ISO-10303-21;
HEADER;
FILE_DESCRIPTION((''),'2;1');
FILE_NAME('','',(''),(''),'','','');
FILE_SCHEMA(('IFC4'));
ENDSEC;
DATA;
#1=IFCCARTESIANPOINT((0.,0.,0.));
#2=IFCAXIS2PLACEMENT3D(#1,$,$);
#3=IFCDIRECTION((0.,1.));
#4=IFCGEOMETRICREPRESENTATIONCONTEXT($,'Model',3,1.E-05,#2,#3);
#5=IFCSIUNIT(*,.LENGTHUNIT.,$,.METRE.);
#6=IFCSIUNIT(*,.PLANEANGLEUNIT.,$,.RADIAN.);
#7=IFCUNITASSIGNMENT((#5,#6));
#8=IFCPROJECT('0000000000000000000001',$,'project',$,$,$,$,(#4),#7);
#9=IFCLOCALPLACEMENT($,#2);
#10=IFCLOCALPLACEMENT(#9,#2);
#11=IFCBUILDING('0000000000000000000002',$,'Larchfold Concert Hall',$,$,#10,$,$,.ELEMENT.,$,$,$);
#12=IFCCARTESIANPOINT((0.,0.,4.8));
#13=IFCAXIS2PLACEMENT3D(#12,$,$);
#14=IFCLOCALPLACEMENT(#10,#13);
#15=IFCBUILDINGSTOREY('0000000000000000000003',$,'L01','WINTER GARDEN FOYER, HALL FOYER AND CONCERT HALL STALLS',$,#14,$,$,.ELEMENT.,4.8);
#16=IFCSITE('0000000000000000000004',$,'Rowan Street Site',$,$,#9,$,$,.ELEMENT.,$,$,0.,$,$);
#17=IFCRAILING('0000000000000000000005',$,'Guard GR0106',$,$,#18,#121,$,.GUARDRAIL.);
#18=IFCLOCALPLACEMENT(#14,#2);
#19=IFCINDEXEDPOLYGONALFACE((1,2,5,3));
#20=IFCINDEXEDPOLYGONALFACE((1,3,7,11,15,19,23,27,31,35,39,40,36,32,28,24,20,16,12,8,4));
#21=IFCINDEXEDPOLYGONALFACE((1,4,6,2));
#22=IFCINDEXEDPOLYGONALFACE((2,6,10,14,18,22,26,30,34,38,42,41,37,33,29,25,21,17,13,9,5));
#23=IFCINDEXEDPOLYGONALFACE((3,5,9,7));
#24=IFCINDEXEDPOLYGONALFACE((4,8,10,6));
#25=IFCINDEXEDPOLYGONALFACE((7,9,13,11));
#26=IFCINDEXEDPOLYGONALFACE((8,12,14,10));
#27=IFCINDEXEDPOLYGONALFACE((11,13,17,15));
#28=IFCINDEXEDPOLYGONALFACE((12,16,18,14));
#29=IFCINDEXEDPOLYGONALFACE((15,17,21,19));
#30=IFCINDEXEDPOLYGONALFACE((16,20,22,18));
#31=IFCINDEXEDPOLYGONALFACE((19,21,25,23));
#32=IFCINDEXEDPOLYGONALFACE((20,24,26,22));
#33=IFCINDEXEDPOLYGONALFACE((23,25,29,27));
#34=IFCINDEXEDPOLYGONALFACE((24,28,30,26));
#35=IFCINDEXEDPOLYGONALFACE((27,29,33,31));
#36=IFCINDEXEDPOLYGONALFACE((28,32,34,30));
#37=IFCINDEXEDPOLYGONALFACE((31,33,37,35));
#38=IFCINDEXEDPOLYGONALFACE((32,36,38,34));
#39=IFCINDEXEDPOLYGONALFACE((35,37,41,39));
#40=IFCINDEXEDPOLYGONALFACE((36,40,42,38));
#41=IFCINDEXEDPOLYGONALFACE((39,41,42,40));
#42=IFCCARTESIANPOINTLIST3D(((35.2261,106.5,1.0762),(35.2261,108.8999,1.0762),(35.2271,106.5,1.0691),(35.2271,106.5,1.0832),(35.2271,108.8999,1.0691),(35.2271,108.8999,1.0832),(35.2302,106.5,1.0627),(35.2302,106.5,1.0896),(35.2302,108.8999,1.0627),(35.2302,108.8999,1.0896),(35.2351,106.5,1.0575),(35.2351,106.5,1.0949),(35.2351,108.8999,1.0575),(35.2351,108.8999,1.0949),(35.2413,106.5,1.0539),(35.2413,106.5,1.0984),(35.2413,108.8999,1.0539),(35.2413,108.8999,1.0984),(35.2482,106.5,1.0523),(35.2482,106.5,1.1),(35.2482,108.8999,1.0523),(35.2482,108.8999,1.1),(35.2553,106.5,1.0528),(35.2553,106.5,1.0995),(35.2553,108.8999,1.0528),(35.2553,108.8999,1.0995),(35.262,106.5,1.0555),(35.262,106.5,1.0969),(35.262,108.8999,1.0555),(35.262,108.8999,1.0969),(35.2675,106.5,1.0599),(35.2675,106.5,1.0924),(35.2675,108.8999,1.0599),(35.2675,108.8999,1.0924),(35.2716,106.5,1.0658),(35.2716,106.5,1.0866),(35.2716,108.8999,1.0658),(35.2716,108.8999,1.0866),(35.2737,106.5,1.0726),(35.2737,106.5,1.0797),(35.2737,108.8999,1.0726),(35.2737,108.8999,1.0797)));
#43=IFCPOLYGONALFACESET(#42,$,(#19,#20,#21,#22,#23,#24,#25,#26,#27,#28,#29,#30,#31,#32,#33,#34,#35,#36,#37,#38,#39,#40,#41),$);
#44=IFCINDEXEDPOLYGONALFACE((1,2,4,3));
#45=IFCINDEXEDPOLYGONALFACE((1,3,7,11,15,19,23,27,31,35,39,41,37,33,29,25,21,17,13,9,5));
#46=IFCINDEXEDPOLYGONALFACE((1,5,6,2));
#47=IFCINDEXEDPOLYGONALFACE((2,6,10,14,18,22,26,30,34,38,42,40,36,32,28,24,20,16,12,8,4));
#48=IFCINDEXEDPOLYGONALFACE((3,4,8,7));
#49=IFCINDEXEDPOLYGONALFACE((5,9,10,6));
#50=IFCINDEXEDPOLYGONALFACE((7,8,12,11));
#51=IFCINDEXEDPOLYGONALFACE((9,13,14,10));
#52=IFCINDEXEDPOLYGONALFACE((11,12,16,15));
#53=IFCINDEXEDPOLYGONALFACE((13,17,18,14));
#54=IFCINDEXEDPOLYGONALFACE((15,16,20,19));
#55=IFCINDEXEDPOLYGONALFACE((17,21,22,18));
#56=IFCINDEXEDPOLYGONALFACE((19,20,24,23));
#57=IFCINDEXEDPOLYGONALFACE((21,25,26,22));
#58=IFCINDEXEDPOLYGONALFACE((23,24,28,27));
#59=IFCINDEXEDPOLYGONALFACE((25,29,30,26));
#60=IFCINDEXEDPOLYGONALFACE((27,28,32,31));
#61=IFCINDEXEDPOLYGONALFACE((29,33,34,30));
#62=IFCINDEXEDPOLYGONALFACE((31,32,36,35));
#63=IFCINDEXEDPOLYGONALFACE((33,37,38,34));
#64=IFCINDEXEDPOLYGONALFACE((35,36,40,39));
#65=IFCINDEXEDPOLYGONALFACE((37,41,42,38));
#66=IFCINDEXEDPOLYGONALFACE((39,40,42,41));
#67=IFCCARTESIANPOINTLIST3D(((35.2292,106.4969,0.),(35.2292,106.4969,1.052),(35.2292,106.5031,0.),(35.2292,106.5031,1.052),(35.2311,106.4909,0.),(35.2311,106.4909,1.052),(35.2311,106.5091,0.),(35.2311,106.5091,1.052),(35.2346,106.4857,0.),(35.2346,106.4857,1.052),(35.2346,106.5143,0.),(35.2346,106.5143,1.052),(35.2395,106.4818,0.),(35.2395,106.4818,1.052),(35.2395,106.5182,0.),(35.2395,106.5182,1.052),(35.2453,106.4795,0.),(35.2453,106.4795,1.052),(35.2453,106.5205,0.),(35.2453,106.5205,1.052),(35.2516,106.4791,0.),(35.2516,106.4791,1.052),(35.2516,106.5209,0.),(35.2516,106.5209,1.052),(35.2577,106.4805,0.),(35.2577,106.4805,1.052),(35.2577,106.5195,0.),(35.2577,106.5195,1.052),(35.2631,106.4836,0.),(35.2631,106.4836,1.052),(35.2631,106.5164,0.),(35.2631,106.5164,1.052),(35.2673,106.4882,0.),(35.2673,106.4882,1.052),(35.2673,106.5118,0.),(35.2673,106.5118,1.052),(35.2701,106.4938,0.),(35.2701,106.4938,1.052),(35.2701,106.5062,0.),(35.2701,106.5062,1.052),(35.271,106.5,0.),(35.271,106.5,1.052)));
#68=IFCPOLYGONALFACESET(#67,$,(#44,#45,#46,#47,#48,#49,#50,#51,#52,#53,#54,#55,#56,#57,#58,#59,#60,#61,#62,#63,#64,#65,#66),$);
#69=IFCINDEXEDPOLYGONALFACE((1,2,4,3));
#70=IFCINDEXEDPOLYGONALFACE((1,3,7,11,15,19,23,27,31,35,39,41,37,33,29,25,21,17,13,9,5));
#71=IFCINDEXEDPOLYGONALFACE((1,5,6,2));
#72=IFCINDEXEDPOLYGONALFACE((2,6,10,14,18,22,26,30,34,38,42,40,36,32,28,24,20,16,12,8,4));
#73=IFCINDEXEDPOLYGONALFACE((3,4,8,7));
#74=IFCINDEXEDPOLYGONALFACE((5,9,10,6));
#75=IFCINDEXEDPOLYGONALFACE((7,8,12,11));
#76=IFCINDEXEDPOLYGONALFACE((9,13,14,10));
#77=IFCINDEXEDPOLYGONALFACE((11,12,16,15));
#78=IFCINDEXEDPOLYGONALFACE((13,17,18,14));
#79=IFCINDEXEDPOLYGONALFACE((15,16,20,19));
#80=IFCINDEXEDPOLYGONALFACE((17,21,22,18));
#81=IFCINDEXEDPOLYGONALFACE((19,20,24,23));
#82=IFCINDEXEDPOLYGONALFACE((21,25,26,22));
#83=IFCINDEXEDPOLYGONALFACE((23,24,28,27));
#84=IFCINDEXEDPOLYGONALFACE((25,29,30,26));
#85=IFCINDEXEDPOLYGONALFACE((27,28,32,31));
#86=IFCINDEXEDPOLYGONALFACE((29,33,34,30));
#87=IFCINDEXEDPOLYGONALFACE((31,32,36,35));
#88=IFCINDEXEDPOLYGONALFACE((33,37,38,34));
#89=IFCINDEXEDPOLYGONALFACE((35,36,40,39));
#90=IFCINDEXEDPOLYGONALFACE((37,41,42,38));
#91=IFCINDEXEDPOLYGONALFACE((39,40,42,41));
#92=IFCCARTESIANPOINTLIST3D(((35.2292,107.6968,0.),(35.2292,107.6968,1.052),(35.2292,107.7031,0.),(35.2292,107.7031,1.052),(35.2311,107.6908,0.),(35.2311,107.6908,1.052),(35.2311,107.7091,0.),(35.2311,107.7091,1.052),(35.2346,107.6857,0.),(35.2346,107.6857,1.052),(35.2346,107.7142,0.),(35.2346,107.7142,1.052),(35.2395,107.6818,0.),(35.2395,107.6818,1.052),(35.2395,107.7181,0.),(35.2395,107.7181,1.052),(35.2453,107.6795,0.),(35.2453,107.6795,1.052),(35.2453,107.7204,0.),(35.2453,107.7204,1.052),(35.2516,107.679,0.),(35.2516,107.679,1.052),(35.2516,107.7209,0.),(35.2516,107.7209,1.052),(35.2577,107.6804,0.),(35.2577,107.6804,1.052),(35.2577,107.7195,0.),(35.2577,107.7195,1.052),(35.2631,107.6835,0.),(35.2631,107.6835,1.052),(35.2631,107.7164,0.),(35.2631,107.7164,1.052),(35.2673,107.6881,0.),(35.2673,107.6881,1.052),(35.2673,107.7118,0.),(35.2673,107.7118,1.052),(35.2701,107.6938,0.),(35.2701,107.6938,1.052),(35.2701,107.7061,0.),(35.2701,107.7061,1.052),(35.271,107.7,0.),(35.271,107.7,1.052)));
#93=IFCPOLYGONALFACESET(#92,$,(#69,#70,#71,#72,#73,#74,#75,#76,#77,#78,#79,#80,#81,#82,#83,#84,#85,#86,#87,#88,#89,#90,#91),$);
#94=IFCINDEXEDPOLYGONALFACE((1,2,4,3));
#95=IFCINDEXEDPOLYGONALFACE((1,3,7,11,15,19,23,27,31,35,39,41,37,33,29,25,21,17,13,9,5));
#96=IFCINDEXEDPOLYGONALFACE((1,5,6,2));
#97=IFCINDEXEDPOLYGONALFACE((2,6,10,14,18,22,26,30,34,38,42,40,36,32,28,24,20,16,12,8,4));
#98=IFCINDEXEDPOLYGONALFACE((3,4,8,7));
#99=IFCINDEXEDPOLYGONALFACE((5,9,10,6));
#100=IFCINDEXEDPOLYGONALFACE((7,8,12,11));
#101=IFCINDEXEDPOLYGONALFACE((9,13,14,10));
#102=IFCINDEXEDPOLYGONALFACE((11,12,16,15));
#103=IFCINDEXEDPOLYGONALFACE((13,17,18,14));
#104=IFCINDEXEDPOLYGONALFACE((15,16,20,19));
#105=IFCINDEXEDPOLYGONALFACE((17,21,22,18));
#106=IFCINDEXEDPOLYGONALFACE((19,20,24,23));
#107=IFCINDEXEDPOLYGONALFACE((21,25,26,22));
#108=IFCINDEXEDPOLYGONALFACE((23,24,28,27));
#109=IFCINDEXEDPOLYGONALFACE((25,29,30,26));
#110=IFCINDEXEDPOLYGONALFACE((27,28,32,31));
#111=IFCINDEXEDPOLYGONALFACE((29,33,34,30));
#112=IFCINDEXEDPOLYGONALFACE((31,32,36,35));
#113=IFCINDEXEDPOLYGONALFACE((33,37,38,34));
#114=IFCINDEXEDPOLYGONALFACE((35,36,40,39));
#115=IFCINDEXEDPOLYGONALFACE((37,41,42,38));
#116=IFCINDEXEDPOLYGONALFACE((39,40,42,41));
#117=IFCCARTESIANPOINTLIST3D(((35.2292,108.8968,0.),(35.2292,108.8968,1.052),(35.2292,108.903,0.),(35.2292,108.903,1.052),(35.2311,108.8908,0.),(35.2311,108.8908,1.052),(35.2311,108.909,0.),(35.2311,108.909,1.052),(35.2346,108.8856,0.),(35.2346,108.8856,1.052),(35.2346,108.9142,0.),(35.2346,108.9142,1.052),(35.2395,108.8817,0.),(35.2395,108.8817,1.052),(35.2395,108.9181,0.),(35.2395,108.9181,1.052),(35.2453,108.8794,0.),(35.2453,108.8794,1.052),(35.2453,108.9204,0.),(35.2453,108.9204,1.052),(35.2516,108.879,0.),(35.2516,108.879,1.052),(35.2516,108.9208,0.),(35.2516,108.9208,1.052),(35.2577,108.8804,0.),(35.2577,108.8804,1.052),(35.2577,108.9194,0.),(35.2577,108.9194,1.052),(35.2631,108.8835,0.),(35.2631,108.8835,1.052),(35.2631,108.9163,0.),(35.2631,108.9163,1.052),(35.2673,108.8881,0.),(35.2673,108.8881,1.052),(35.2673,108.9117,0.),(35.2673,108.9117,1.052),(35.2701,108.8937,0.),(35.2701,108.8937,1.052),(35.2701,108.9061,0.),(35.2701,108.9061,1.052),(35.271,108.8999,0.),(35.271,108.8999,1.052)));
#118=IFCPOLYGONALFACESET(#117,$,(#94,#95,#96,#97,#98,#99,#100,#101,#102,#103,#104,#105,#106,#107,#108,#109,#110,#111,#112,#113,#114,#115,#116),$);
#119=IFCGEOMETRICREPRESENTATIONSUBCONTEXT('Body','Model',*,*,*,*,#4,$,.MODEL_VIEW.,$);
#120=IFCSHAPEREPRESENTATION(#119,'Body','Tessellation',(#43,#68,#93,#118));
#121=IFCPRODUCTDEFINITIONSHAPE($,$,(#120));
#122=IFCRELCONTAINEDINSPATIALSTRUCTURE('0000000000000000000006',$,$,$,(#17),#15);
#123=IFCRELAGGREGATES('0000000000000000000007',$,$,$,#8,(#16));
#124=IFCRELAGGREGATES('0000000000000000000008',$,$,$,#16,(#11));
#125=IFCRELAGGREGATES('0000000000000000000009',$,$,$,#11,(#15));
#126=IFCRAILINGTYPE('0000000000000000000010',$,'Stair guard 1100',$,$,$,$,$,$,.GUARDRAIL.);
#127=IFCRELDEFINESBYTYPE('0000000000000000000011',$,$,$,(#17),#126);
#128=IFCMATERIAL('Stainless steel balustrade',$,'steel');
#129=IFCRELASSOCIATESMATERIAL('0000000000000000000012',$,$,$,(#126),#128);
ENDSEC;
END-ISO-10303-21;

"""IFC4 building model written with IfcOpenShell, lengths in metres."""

from ifc_helpers import new_model, si_unit, direction, frame, origin, origin_2d, place, context, subcontext, project, spatial, circle, extrude, material, type_object, element, save


model = new_model("IFC4")

# Units and contexts
model_context = context("Model", 3, precision=1e-05, world=origin(), true_north=direction((0.0, 1.0)))
body_context = subcontext(model_context, "Body", "Model", "MODEL_VIEW")
ifc_project = project(units=[si_unit("LENGTHUNIT", "METRE"), si_unit("PLANEANGLEUNIT", "RADIAN")], contexts=[model_context])

# Site, building, storey
site_placement = place(None, origin())
site = spatial("IfcSite", under=ifc_project, at=site_placement, Name="Rowan Street Site", CompositionType="ELEMENT", RefElevation=0.0)
building_placement = place(site_placement, origin())
building = spatial("IfcBuilding", under=site, at=building_placement, Name="Larchfold Concert Hall", CompositionType="ELEMENT")
storey_placement = place(building_placement, frame((0.0, 0.0, 4.8)))
storey = spatial("IfcBuildingStorey", under=building, at=storey_placement, Name="L01", Description="WINTER GARDEN FOYER, HALL FOYER AND CONCERT HALL STALLS", CompositionType="ELEMENT", Elevation=4.8)

# Railing
ifc_material_1 = material(Name="Stainless steel balustrade", Category="steel")
railing_type_1 = type_object("IfcRailingType", Name="Stair guard 1100", PredefinedType="GUARDRAIL", material=ifc_material_1)
railing_1_placement = place(storey_placement, frame((35.25, 106.5, 0.0)))
element("IfcRailing", 1, at=railing_1_placement, inside=storey, type_object=railing_type_1, Name="Guard GR0106", PredefinedType="GUARDRAIL", context=body_context, shape_type="SweptSolid", body=[
    extrude(circle(Radius=0.0239, at=origin_2d()), frame((0.0, 0.0, 1.0762), z_axis=(0.0, 1.0, 0.0), x_axis=(-1.0, 0.0, 0.0)), (0.0, 0.0, 1.0), 2.3999),
    extrude(circle(Radius=0.021, at=origin_2d()), origin(), (0.0, 0.0, 1.0), 1.052),
    extrude(circle(Radius=0.021, at=origin_2d()), frame((0.0, 1.2, 0.0)), (0.0, 0.0, 1.0), 1.052),
    extrude(circle(Radius=0.021, at=origin_2d()), frame((0.0, 2.3999, 0.0)), (0.0, 0.0, 1.0), 1.052),
])

save(model, "model.ifc")
